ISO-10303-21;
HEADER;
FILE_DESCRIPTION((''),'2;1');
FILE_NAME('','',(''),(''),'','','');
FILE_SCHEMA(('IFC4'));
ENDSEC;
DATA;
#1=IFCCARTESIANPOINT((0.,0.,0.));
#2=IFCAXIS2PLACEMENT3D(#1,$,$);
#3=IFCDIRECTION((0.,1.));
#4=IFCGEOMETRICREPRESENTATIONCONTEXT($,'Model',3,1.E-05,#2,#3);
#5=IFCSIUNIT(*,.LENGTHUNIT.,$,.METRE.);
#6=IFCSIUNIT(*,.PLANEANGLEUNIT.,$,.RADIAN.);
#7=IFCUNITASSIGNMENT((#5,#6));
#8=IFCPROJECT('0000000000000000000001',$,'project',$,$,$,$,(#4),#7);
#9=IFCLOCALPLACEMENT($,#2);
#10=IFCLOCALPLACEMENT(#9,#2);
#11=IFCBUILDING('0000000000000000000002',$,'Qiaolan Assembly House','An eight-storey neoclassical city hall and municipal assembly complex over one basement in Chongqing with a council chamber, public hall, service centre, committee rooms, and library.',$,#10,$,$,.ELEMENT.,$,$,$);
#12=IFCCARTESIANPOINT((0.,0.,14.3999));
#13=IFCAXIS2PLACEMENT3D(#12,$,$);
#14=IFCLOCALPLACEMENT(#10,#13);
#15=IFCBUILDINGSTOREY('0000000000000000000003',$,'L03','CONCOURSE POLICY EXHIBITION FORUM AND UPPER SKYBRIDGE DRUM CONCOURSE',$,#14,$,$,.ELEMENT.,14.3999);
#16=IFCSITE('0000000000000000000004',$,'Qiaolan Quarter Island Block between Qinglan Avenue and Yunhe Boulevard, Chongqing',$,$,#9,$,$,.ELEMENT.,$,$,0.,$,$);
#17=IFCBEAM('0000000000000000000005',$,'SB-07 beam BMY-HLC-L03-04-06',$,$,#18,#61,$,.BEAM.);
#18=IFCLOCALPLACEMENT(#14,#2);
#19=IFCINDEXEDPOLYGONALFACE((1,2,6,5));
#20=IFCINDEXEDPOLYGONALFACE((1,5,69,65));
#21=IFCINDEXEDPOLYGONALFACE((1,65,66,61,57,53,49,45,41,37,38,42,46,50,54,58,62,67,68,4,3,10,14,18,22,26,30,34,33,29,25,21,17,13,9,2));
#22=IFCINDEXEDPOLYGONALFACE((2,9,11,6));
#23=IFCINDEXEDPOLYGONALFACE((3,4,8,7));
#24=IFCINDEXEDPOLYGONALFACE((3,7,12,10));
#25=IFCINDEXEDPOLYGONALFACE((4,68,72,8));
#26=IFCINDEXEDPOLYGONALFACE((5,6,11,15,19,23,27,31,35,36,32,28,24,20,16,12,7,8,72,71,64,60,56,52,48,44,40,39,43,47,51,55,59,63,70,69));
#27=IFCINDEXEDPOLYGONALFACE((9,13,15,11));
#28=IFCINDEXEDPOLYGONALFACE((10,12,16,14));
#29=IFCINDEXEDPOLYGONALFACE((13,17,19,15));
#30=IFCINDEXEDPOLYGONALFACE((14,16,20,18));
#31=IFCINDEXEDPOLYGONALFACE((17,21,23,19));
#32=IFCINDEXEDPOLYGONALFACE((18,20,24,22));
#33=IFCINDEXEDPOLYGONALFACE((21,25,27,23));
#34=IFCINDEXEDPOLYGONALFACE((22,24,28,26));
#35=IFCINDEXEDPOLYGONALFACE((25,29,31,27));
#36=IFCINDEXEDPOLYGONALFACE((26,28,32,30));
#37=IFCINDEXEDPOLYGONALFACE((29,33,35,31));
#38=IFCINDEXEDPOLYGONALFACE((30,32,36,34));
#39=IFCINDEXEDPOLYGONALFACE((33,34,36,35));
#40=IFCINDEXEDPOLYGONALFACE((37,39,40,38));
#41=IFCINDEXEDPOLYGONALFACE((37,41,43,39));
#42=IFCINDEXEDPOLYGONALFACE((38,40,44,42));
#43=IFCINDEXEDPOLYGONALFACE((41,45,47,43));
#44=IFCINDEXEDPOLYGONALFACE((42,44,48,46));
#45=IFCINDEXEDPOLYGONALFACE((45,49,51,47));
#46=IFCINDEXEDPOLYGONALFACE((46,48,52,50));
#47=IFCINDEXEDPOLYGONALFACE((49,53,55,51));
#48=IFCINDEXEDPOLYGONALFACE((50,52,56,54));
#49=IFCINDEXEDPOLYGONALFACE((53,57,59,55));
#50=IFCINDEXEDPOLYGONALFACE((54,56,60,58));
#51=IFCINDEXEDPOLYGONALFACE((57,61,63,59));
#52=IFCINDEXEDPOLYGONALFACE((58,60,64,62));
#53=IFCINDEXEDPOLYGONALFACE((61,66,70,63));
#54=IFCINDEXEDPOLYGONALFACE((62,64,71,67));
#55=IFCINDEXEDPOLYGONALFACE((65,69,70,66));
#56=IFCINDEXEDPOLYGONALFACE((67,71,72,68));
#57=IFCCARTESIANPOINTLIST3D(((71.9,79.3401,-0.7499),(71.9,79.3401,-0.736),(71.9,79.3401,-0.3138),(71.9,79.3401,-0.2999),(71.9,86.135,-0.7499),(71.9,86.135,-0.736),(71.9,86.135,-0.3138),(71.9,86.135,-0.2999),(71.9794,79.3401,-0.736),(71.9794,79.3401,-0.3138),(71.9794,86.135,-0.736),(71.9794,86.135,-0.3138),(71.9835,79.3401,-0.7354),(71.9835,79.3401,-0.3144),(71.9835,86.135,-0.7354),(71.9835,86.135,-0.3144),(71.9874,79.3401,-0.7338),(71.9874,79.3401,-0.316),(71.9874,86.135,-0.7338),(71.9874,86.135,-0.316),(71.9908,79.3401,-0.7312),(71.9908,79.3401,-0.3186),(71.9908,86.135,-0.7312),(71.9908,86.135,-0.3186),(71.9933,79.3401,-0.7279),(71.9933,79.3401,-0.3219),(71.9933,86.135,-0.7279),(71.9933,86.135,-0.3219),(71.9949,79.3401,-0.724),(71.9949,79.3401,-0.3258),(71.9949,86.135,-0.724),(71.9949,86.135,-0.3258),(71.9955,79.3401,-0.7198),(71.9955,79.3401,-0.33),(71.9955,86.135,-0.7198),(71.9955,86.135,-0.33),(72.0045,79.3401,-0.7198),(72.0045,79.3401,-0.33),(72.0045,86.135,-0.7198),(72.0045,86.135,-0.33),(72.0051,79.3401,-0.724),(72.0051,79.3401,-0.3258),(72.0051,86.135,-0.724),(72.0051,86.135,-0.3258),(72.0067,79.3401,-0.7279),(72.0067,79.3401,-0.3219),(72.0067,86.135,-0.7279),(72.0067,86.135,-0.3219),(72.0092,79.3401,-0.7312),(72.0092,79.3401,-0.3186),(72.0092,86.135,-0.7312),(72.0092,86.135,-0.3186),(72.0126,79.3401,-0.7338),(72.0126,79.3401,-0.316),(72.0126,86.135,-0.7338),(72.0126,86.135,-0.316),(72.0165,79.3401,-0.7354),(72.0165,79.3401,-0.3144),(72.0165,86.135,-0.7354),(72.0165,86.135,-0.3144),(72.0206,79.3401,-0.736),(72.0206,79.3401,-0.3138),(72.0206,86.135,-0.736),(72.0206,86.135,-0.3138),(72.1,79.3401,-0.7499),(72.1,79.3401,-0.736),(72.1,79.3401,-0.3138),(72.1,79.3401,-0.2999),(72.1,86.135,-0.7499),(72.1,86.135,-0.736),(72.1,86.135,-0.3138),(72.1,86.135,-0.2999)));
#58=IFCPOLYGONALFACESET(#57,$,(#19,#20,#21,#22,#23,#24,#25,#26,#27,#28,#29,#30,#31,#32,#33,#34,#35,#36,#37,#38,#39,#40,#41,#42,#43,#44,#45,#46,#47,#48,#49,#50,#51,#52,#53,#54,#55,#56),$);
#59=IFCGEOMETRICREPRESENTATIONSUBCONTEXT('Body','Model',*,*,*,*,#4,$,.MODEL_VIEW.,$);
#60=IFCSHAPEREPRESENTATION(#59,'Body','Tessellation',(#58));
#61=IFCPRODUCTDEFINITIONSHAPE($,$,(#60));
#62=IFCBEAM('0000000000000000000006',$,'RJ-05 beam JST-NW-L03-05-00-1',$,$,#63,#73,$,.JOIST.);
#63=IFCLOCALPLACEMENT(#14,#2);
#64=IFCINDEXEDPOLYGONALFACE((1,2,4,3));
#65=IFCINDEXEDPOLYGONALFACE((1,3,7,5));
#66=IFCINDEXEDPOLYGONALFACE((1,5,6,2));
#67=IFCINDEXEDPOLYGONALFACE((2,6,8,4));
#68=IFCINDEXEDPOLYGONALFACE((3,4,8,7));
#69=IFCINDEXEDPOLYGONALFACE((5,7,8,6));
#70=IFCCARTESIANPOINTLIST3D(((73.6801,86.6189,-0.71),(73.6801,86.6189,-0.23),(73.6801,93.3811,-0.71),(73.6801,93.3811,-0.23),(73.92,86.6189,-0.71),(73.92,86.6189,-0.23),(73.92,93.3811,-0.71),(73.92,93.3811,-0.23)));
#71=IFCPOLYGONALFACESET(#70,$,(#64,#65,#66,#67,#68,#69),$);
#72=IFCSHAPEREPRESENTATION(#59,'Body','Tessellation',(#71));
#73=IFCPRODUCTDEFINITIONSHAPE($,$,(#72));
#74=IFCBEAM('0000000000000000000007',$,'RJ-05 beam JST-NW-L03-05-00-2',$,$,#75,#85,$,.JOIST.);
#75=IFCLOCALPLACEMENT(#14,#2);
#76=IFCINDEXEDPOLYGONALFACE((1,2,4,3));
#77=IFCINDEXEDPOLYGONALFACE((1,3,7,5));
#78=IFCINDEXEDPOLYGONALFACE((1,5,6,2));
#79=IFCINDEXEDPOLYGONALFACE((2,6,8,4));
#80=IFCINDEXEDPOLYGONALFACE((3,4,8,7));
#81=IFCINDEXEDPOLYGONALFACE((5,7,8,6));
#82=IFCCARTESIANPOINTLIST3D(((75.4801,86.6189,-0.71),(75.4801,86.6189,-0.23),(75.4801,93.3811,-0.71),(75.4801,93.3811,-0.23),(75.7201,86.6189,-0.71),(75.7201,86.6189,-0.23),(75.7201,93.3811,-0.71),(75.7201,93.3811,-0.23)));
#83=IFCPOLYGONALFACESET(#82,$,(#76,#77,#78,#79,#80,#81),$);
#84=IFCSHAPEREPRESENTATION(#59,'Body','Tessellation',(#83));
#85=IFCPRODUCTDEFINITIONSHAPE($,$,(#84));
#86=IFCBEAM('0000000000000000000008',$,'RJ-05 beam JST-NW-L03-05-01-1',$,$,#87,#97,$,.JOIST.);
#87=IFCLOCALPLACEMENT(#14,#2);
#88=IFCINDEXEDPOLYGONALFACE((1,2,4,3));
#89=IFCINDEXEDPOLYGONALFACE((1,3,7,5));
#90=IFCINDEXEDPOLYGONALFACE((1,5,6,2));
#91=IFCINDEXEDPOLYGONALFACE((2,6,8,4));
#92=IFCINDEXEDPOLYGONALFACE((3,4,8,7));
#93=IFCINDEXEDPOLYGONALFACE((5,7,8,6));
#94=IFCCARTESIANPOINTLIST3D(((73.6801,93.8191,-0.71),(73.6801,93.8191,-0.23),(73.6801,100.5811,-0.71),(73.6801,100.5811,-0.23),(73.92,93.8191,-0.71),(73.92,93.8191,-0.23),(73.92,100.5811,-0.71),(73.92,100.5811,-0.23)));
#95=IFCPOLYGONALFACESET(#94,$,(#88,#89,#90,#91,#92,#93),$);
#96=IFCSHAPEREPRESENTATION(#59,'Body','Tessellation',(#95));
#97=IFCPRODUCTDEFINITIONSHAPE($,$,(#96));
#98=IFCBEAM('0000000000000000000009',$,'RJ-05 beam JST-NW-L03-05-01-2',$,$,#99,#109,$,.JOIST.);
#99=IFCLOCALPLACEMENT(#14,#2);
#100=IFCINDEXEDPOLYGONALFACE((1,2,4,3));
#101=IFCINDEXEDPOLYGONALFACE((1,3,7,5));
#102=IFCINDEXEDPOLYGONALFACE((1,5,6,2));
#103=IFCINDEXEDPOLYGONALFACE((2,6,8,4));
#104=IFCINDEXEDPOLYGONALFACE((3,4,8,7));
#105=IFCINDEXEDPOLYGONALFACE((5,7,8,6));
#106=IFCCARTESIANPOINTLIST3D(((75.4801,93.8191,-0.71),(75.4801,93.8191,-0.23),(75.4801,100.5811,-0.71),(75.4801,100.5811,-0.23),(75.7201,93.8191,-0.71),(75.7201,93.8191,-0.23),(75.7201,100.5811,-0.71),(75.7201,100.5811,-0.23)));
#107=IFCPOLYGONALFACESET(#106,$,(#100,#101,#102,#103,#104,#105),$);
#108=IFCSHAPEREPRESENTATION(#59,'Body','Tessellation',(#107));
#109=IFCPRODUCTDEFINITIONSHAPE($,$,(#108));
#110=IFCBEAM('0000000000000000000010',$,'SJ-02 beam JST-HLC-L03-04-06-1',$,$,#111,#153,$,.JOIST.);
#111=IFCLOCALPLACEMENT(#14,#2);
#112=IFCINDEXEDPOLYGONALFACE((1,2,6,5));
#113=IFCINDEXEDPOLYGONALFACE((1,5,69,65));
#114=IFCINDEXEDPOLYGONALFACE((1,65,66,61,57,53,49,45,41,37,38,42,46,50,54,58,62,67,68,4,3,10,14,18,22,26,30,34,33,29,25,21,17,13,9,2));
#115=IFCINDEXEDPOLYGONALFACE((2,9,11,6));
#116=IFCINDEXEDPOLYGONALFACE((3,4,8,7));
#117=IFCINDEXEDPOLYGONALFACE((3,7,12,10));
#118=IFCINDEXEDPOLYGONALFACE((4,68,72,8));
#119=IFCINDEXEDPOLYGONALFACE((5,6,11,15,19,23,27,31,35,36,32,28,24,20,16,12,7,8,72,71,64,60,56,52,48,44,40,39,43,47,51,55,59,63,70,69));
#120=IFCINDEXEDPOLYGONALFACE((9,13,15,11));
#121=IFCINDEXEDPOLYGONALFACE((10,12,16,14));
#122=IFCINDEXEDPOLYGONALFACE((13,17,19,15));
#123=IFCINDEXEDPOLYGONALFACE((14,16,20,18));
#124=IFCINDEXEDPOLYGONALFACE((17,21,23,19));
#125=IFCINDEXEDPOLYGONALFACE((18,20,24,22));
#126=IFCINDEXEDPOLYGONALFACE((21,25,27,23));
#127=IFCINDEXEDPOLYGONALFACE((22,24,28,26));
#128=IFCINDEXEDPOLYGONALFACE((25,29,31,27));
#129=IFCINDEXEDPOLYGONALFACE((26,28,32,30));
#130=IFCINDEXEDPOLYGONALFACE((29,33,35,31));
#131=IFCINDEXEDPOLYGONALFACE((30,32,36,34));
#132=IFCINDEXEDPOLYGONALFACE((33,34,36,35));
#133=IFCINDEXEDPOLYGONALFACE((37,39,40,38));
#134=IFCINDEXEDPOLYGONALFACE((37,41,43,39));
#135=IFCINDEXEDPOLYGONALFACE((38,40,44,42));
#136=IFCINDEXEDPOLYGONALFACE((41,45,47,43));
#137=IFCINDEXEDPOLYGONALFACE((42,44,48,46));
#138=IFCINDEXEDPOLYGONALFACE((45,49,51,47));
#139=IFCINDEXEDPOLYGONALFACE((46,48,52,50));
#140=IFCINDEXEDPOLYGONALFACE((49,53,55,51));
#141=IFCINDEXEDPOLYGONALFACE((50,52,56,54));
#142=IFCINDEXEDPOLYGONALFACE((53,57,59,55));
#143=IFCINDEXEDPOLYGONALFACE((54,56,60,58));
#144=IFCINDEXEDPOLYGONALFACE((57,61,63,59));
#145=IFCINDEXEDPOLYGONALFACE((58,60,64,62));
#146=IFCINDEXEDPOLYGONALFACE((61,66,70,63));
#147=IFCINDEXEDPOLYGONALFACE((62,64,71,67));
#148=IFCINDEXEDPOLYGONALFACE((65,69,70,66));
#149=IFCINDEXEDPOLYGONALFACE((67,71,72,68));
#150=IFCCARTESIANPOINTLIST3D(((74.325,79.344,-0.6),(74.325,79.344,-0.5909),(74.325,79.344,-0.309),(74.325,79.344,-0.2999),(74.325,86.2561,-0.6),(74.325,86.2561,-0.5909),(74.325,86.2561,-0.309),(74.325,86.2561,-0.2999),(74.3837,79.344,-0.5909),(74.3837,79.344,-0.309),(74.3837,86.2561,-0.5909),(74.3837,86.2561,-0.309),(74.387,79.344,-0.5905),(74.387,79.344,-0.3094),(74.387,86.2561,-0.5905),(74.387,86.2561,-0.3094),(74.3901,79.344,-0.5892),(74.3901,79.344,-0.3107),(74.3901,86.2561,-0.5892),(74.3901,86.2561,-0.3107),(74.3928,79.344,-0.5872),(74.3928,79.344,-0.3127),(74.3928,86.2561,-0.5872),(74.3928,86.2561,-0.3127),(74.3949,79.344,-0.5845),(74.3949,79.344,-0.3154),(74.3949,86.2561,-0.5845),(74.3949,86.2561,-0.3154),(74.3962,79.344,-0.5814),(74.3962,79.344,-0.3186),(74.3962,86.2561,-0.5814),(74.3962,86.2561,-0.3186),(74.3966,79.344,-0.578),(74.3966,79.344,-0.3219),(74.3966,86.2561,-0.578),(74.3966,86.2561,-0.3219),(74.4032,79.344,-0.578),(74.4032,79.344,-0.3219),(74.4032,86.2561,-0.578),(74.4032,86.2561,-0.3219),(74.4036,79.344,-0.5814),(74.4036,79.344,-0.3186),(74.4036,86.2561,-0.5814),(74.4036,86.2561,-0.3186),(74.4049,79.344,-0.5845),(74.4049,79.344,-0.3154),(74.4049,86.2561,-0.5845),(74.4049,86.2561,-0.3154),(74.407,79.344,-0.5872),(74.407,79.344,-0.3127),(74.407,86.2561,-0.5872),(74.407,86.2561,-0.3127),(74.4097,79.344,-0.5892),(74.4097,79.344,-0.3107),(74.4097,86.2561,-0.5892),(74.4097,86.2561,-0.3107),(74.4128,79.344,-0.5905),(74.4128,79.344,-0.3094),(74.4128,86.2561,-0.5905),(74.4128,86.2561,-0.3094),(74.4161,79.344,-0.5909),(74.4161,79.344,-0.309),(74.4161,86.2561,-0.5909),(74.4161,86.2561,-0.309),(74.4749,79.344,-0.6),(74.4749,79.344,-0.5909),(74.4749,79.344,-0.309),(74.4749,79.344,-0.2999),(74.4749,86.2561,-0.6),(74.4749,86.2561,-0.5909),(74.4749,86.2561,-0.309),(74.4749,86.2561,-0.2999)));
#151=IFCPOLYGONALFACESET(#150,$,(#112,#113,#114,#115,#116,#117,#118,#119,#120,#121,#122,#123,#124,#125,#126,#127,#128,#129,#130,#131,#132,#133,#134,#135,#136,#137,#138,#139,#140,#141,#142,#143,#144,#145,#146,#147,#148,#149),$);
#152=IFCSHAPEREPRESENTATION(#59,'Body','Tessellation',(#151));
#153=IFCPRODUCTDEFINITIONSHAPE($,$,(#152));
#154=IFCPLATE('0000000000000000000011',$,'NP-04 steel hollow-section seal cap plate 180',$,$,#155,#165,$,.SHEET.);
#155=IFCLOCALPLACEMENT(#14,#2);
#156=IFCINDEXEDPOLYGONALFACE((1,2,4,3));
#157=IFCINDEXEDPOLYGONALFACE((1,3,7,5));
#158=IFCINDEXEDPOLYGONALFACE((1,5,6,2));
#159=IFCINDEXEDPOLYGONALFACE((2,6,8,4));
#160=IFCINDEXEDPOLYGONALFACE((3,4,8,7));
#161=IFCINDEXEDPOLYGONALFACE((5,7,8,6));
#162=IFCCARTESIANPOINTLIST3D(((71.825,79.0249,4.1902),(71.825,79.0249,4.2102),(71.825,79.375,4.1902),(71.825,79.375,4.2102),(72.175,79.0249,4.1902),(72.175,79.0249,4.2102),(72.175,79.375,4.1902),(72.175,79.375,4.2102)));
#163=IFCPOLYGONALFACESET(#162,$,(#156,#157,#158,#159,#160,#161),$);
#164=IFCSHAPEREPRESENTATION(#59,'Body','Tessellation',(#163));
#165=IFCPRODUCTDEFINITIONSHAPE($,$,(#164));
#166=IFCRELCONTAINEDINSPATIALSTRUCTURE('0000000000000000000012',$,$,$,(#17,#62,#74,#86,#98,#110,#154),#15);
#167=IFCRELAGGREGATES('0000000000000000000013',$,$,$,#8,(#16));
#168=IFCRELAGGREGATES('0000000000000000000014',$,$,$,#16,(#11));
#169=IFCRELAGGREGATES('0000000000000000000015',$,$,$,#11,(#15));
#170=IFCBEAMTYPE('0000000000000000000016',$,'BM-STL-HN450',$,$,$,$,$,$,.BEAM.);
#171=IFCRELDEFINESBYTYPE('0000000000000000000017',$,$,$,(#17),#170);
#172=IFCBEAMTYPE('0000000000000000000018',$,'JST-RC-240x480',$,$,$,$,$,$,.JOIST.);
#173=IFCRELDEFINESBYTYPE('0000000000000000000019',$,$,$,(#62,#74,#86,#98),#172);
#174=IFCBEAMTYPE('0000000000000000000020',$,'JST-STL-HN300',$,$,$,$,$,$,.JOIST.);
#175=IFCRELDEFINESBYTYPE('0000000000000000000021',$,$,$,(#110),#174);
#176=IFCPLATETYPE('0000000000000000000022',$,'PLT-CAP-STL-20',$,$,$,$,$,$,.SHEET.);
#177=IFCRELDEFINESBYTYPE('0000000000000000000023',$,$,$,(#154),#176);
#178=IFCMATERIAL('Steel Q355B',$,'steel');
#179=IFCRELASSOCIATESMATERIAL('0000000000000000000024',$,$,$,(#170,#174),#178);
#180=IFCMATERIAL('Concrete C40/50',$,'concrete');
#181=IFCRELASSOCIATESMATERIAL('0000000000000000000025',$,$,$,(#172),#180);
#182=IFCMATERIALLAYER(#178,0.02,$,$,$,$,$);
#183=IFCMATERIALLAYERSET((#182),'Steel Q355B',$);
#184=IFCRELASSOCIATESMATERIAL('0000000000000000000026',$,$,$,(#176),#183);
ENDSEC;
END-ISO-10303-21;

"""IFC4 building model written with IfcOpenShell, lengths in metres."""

from ifc_helpers import new_model, si_unit, direction, frame, origin, origin_2d, place, context, subcontext, project, spatial, rectangle, i_section, extrude, material, layer, layer_set, material_profile, profile_set, type_object, element, save


model = new_model("IFC4")

# Units and contexts
model_context = context("Model", 3, precision=1e-05, world=origin(), true_north=direction((0.0, 1.0)))
body_context = subcontext(model_context, "Body", "Model", "MODEL_VIEW")
ifc_project = project(units=[si_unit("LENGTHUNIT", "METRE"), si_unit("PLANEANGLEUNIT", "RADIAN")], contexts=[model_context])

# Site, building, storey
site_placement = place(None, origin())
site = spatial("IfcSite", under=ifc_project, at=site_placement, Name="Qiaolan Quarter Island Block between Qinglan Avenue and Yunhe Boulevard, Chongqing", CompositionType="ELEMENT", RefElevation=0.0)
building_placement = place(site_placement, origin())
building = spatial("IfcBuilding", under=site, at=building_placement, Name="Qiaolan Assembly House", Description="An eight-storey neoclassical city hall and municipal assembly complex over one basement in Chongqing with a council chamber, public hall, service centre, committee rooms, and library.", CompositionType="ELEMENT")
storey_placement = place(building_placement, frame((0.0, 0.0, 14.3999)))
storey = spatial("IfcBuildingStorey", under=building, at=storey_placement, Name="L03", Description="CONCOURSE POLICY EXHIBITION FORUM AND UPPER SKYBRIDGE DRUM CONCOURSE", CompositionType="ELEMENT", Elevation=14.3999)

# Shared definitions
ifc_material_1 = material(Name="Steel Q355B", Category="steel")

# Beams
ifc_material_2 = material(Name="Concrete C40/50", Category="concrete")
ifc_material_profile_1 = material_profile(ifc_material_1, i_section(OverallWidth=0.2, OverallDepth=0.45, WebThickness=0.009, FlangeThickness=0.0139, FilletRadius=0.0161, at=origin_2d()), Name="HN 450x200x9x14")
ifc_profile_set_1 = profile_set([ifc_material_profile_1], Name="Steel Q355B")
beam_type_1 = type_object("IfcBeamType", Name="BM-STL-HN450", PredefinedType="BEAM", material=ifc_profile_set_1)
beam_1_placement = place(storey_placement, frame((72.0, 79.3401, -0.5249), z_axis=(0.0, 1.0, 0.0), x_axis=(-1.0, 0.0, 0.0)))
element("IfcBeam", 1, at=beam_1_placement, inside=storey, type_object=beam_type_1, Name="SB-07 beam BMY-HLC-L03-04-06", PredefinedType="BEAM", context=body_context, shape_type="SweptSolid", body=[
    extrude(i_section(OverallWidth=0.2, OverallDepth=0.45, WebThickness=0.009, FlangeThickness=0.0139, FilletRadius=0.0161, at=origin_2d()), origin(), (0.0, 0.0, 1.0), 6.7949),
])
ifc_material_profile_2 = material_profile(ifc_material_2, rectangle(XDim=0.24, YDim=0.48, at=origin_2d()), Name="RCB 240x480")
ifc_profile_set_2 = profile_set([ifc_material_profile_2], Name="Concrete C40/50")
beam_type_2 = type_object("IfcBeamType", Name="JST-RC-240x480", PredefinedType="JOIST", material=ifc_profile_set_2)
for number, where, z_axis, x_axis, name in (
    (2, (73.8, 86.6189, -0.47), (0.0, 1.0, 0.0), (-1.0, 0.0, 0.0), "RJ-05 beam JST-NW-L03-05-00-1"),
    (3, (75.6001, 86.6189, -0.47), (0.0, 1.0, 0.0), (-1.0, 0.0, 0.0), "RJ-05 beam JST-NW-L03-05-00-2"),
):
    element("IfcBeam", number, at=place(storey_placement, frame(where, z_axis=z_axis, x_axis=x_axis)), inside=storey, type_object=beam_type_2, Name=name, PredefinedType="JOIST", context=body_context, shape_type="SweptSolid", body=[
        extrude(rectangle(XDim=0.24, YDim=0.48, at=origin_2d()), origin(), (0.0, 0.0, 1.0), 6.7622),
    ])
for number, where, z_axis, x_axis, name in (
    (4, (73.8, 93.8191, -0.47), (0.0, 1.0, 0.0), (-1.0, 0.0, 0.0), "RJ-05 beam JST-NW-L03-05-01-1"),
    (5, (75.6001, 93.8191, -0.47), (0.0, 1.0, 0.0), (-1.0, 0.0, 0.0), "RJ-05 beam JST-NW-L03-05-01-2"),
):
    element("IfcBeam", number, at=place(storey_placement, frame(where, z_axis=z_axis, x_axis=x_axis)), inside=storey, type_object=beam_type_2, Name=name, PredefinedType="JOIST", context=body_context, shape_type="SweptSolid", body=[
        extrude(rectangle(XDim=0.24, YDim=0.48, at=origin_2d()), origin(), (0.0, 0.0, 1.0), 6.762),
    ])
ifc_material_profile_3 = material_profile(ifc_material_1, i_section(OverallWidth=0.1499, OverallDepth=0.3, WebThickness=0.0066, FlangeThickness=0.009, FilletRadius=0.0129, at=origin_2d()), Name="HN 300x150x6.5x9")
ifc_profile_set_3 = profile_set([ifc_material_profile_3], Name="Steel Q355B")
beam_type_3 = type_object("IfcBeamType", Name="JST-STL-HN300", PredefinedType="JOIST", material=ifc_profile_set_3)
beam_2_placement = place(storey_placement, frame((74.3999, 79.344, -0.45), z_axis=(0.0, 1.0, 0.0), x_axis=(-1.0, 0.0, 0.0)))
element("IfcBeam", 6, at=beam_2_placement, inside=storey, type_object=beam_type_3, Name="SJ-02 beam JST-HLC-L03-04-06-1", PredefinedType="JOIST", context=body_context, shape_type="SweptSolid", body=[
    extrude(i_section(OverallWidth=0.1499, OverallDepth=0.3, WebThickness=0.0066, FlangeThickness=0.009, FilletRadius=0.0129, at=origin_2d()), origin(), (0.0, 0.0, 1.0), 6.9121),
])

# Plate
ifc_layer_1 = layer(ifc_material_1, 0.02)
ifc_layer_set_1 = layer_set([ifc_layer_1], Name="Steel Q355B")
plate_type = type_object("IfcPlateType", Name="PLT-CAP-STL-20", PredefinedType="SHEET", material=ifc_layer_set_1)
plate_placement = place(storey_placement, frame((72.0, 79.2, 4.1902), z_axis=(0.0, 0.0, 1.0), x_axis=(1.0, 0.0, 0.0)))
element("IfcPlate", 7, at=plate_placement, inside=storey, type_object=plate_type, Name="NP-04 steel hollow-section seal cap plate 180", PredefinedType="SHEET", context=body_context, shape_type="SweptSolid", body=[
    extrude(rectangle(XDim=0.3501, YDim=0.3501, at=origin_2d()), origin(), (0.0, 0.0, 1.0), 0.02),
])

save(model, "model.ifc")
